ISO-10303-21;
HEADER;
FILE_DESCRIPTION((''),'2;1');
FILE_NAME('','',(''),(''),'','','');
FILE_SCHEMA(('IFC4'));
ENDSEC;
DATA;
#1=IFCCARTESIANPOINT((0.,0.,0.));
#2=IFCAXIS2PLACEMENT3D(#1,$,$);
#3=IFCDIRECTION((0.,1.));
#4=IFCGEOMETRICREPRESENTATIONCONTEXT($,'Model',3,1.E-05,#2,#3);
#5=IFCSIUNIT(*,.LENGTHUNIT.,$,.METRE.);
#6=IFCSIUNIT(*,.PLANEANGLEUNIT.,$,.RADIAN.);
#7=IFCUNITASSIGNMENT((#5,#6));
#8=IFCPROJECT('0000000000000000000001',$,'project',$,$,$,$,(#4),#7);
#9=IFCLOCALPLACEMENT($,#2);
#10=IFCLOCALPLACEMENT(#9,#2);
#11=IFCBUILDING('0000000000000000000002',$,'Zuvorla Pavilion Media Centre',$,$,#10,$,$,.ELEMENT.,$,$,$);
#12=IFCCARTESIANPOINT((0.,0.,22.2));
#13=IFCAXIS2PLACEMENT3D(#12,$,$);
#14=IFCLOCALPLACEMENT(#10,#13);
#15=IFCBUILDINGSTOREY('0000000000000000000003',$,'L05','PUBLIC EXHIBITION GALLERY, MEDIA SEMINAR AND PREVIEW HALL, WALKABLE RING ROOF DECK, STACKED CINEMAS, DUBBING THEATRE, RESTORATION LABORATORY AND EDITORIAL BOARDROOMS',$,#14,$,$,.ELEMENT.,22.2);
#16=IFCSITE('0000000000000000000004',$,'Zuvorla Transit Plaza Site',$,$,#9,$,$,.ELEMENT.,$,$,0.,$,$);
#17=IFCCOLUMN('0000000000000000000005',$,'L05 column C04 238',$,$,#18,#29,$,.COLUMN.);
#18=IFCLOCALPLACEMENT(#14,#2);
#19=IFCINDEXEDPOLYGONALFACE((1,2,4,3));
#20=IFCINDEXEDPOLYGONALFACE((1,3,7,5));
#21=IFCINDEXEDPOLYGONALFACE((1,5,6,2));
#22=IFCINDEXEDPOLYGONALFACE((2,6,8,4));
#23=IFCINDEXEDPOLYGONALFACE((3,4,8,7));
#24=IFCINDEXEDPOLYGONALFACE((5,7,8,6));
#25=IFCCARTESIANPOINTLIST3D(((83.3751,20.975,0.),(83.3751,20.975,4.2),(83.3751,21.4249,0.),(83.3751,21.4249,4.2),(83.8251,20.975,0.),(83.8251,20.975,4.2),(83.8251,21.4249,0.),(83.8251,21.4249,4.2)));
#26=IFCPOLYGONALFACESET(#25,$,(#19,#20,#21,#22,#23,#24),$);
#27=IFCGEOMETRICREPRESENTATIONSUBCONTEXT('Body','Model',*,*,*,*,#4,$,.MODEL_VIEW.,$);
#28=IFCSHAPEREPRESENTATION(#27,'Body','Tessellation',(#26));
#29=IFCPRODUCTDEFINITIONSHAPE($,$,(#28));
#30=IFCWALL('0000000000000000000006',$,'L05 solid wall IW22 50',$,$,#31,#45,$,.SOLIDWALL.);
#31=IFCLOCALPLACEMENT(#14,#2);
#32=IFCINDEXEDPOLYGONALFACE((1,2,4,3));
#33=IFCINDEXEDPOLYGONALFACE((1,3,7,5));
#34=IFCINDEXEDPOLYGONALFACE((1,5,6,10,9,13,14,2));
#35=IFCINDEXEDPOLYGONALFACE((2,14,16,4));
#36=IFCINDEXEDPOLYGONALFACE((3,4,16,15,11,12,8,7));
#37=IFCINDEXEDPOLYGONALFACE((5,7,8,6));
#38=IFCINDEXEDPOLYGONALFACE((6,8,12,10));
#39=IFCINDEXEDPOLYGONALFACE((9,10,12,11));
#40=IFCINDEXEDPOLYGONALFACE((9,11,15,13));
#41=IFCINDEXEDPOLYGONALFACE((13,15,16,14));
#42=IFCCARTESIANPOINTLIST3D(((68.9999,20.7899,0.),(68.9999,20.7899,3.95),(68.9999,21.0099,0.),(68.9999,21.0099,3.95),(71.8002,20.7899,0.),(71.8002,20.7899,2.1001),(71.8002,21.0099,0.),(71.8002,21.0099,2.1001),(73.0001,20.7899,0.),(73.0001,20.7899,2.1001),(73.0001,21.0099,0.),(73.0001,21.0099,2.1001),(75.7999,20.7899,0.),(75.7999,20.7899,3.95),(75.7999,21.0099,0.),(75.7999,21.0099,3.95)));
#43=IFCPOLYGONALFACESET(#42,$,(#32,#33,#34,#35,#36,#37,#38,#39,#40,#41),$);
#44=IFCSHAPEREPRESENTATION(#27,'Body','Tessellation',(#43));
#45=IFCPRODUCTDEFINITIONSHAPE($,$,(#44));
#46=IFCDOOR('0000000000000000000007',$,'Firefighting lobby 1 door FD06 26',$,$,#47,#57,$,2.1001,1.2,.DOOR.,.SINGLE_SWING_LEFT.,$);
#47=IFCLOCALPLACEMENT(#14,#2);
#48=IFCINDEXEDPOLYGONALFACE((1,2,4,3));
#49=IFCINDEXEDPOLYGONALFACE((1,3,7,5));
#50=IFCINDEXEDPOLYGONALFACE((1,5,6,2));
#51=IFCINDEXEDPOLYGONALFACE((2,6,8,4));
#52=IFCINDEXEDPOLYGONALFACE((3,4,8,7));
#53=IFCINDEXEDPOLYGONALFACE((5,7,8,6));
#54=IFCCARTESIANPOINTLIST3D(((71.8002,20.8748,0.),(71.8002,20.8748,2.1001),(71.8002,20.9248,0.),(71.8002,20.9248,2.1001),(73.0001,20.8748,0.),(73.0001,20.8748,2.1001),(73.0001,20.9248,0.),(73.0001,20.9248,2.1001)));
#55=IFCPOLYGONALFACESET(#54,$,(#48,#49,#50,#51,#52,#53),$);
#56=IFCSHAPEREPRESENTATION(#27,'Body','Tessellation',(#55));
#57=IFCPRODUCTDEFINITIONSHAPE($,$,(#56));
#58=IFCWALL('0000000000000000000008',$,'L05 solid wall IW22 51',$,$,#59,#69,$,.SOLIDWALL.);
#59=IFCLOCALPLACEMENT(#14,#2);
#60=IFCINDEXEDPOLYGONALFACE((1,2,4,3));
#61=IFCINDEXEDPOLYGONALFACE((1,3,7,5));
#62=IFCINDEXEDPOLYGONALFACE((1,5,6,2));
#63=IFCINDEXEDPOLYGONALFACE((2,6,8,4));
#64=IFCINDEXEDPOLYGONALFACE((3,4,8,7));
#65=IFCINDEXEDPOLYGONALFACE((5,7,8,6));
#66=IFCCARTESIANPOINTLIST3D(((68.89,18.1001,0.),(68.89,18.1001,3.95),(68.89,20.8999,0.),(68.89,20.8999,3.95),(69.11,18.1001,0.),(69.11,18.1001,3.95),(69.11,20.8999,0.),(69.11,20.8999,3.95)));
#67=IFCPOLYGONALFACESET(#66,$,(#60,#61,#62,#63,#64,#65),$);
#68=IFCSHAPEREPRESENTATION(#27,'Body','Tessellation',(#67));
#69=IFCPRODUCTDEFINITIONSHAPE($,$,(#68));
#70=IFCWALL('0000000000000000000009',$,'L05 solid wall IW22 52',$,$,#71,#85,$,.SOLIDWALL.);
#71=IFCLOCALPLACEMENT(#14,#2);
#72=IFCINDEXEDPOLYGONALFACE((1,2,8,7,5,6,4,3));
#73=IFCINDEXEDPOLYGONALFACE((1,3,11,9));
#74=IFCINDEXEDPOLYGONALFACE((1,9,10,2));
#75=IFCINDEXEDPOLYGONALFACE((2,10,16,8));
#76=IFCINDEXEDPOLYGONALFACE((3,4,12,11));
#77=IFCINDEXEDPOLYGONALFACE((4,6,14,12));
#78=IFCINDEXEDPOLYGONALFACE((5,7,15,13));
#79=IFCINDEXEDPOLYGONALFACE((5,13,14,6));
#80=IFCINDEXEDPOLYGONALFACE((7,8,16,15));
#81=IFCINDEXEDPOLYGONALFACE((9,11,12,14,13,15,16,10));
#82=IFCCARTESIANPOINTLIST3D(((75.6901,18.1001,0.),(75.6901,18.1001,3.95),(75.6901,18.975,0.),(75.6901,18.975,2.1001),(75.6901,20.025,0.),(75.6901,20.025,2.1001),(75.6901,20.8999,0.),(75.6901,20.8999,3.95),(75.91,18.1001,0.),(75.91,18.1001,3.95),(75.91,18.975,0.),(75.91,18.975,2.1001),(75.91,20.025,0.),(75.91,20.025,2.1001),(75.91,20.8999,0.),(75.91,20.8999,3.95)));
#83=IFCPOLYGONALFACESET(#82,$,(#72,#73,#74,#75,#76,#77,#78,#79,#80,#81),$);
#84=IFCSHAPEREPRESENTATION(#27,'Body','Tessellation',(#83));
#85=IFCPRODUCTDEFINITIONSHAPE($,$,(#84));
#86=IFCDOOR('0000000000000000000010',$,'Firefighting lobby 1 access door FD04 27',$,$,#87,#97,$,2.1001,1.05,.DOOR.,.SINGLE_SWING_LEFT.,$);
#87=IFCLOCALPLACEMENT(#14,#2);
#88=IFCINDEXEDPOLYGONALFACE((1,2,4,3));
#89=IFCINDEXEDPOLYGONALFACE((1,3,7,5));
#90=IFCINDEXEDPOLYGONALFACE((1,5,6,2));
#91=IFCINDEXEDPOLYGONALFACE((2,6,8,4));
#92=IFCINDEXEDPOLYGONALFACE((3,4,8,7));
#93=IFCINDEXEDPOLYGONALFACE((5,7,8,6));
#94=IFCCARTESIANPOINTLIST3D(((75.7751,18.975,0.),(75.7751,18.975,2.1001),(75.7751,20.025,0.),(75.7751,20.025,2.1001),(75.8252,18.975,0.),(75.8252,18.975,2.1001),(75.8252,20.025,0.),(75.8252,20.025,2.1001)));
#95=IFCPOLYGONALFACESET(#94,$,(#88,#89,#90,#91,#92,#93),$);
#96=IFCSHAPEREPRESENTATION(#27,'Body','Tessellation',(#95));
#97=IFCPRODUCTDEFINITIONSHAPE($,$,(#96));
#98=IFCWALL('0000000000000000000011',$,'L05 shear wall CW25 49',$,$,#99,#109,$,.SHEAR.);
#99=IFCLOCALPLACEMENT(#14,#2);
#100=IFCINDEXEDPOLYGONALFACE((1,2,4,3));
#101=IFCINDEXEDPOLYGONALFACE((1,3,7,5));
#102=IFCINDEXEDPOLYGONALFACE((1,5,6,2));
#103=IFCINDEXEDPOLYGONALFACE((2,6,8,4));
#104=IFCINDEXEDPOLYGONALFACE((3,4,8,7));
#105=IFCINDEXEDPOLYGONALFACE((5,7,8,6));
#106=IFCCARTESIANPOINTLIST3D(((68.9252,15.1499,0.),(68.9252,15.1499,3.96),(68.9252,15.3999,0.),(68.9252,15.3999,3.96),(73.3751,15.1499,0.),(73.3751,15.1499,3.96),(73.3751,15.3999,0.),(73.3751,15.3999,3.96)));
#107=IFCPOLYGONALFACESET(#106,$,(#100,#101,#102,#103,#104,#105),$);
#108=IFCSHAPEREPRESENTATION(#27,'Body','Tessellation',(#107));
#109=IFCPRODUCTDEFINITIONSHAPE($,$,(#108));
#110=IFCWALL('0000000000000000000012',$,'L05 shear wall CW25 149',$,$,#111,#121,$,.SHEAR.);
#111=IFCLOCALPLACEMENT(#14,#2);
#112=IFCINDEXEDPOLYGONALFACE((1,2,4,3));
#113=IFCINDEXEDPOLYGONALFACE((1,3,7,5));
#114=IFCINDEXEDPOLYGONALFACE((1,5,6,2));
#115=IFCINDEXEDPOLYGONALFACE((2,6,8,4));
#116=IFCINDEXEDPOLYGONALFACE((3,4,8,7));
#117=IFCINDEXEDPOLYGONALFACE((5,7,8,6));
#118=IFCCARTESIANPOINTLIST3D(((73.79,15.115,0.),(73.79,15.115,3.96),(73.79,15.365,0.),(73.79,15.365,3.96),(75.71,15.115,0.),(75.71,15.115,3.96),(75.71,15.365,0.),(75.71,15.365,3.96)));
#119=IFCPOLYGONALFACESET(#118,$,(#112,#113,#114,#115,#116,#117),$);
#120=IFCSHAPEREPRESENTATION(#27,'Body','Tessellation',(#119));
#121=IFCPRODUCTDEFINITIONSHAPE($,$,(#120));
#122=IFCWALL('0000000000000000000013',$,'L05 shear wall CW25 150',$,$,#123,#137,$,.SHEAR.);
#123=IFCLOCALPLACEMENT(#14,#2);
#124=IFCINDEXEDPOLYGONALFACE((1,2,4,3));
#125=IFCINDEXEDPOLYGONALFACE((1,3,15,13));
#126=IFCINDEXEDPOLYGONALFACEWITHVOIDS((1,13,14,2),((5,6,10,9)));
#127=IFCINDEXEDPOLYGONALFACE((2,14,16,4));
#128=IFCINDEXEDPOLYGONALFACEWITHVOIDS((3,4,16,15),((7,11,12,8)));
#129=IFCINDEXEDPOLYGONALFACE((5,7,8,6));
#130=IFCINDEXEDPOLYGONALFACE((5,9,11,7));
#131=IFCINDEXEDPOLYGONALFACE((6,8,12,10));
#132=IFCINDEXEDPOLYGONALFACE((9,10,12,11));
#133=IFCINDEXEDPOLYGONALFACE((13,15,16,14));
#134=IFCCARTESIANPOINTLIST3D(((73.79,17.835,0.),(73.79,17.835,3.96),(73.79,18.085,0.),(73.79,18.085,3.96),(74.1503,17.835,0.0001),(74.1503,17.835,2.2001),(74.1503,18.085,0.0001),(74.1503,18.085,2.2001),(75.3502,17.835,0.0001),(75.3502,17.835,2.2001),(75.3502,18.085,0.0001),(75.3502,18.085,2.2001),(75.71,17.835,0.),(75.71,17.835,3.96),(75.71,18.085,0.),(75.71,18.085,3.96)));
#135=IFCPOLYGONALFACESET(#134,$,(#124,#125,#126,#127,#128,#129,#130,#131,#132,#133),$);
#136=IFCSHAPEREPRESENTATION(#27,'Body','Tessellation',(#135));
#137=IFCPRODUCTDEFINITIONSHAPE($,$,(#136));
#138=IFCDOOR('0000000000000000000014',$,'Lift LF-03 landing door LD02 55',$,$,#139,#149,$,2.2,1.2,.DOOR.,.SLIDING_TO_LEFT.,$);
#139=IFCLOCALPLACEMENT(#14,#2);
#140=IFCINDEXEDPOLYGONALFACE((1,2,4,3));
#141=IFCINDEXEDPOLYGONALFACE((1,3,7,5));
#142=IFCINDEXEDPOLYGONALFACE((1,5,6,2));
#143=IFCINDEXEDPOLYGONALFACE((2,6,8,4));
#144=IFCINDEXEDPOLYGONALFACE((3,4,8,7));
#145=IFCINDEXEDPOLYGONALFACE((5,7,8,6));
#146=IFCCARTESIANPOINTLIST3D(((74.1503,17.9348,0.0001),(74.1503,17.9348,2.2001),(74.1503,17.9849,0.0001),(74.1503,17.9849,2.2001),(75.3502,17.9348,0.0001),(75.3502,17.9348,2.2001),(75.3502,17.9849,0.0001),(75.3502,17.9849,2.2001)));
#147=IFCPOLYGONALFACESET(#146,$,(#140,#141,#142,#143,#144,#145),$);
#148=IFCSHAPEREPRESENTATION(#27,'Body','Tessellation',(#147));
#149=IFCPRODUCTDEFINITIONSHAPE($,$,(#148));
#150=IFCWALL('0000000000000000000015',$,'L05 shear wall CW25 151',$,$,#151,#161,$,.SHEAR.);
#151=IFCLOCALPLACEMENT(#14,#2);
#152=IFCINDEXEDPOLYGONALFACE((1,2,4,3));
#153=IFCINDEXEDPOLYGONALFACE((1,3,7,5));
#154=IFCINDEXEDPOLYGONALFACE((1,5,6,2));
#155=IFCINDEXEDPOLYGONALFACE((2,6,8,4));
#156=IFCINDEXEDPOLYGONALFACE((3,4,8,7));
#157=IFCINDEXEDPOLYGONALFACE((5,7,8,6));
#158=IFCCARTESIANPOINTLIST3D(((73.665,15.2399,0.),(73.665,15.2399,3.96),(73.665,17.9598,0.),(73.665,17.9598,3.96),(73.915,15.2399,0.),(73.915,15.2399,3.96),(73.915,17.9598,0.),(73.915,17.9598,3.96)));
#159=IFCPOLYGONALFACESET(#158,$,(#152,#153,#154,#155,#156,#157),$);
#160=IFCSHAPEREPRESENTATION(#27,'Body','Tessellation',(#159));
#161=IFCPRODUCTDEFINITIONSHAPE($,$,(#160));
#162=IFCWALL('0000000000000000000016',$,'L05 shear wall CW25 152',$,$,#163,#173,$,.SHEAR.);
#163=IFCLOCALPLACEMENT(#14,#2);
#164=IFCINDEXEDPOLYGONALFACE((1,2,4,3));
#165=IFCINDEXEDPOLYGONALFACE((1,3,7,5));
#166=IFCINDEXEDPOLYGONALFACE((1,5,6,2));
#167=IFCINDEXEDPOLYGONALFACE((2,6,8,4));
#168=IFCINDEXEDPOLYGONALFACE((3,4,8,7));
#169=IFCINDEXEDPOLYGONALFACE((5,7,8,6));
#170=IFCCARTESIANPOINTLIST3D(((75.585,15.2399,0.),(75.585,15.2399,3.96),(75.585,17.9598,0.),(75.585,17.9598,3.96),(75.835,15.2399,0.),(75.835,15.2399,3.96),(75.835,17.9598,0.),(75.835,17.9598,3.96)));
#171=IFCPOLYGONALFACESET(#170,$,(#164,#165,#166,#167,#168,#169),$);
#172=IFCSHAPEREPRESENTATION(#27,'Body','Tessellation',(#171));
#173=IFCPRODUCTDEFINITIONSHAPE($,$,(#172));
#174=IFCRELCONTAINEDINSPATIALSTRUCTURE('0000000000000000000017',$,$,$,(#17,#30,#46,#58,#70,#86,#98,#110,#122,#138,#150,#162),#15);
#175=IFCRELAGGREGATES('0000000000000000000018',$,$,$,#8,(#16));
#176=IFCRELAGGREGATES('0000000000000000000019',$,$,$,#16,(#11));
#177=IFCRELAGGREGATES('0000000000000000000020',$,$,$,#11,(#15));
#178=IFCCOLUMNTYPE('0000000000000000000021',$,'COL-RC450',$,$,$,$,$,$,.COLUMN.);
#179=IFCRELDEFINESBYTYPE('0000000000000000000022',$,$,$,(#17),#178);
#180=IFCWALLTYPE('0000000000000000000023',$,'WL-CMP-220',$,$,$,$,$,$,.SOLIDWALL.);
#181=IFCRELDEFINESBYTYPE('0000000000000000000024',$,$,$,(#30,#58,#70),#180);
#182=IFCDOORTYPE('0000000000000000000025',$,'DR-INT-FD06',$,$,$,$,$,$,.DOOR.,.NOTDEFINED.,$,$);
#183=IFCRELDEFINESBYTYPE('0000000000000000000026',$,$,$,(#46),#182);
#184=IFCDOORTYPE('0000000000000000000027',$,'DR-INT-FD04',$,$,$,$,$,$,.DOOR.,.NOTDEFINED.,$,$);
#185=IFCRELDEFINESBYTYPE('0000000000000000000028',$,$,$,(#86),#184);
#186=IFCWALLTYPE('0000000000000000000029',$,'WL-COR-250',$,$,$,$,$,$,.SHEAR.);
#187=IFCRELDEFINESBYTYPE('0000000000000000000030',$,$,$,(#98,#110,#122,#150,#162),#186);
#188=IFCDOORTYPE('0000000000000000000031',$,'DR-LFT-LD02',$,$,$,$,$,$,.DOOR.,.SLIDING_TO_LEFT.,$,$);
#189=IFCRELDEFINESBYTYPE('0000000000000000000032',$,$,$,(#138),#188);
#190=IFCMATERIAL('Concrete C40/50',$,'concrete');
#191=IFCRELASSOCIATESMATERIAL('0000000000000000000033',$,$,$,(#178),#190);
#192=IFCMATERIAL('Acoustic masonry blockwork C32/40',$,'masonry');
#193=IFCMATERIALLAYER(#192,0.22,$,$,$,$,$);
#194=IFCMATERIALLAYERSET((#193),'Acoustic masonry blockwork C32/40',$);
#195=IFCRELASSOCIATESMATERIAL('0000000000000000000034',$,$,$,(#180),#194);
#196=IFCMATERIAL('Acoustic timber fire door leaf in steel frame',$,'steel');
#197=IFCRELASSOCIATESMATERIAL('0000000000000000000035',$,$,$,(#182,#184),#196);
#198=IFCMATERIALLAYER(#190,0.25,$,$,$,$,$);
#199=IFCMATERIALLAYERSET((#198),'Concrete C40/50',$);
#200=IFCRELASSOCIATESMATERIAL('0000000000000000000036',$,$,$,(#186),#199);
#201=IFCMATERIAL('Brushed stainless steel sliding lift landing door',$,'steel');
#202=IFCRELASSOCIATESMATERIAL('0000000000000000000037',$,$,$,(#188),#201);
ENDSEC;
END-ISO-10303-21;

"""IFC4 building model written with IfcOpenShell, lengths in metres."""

from ifc_helpers import new_model, si_unit, direction, frame, frame_2d, origin, origin_2d, place, context, subcontext, project, spatial, rectangle, extrude, material, layer, layer_set, material_profile, profile_set, type_object, element, fill, save


model = new_model("IFC4")

# Units and contexts
model_context = context("Model", 3, precision=1e-05, world=origin(), true_north=direction((0.0, 1.0)))
body_context = subcontext(model_context, "Body", "Model", "MODEL_VIEW")
ifc_project = project(units=[si_unit("LENGTHUNIT", "METRE"), si_unit("PLANEANGLEUNIT", "RADIAN")], contexts=[model_context])

# Site, building, storey
site_placement = place(None, origin())
site = spatial("IfcSite", under=ifc_project, at=site_placement, Name="Zuvorla Transit Plaza Site", CompositionType="ELEMENT", RefElevation=0.0)
building_placement = place(site_placement, origin())
building = spatial("IfcBuilding", under=site, at=building_placement, Name="Zuvorla Pavilion Media Centre", CompositionType="ELEMENT")
storey_placement = place(building_placement, frame((0.0, 0.0, 22.2)))
storey = spatial("IfcBuildingStorey", under=building, at=storey_placement, Name="L05", Description="PUBLIC EXHIBITION GALLERY, MEDIA SEMINAR AND PREVIEW HALL, WALKABLE RING ROOF DECK, STACKED CINEMAS, DUBBING THEATRE, RESTORATION LABORATORY AND EDITORIAL BOARDROOMS", CompositionType="ELEMENT", Elevation=22.2)

# Column
ifc_material_1 = material(Name="Concrete C40/50", Category="concrete")
ifc_material_profile = material_profile(ifc_material_1, rectangle(XDim=0.45, YDim=0.45, at=origin_2d()), Name="RC 450x450")
ifc_profile_set = profile_set([ifc_material_profile], Name="Concrete C40/50")
column_type = type_object("IfcColumnType", Name="COL-RC450", PredefinedType="COLUMN", material=ifc_profile_set)
column_placement = place(storey_placement, frame((83.6001, 21.2, 0.0), z_axis=(0.0, 0.0, 1.0), x_axis=(1.0, 0.0, 0.0)))
element("IfcColumn", 1, at=column_placement, inside=storey, type_object=column_type, Name="L05 column C04 238", PredefinedType="COLUMN", context=body_context, shape_type="SweptSolid", body=[
    extrude(rectangle(XDim=0.45, YDim=0.45, at=origin_2d()), origin(), (0.0, 0.0, 1.0), 4.2),
])

# Wall, opening, door
ifc_material_2 = material(Name="Acoustic masonry blockwork C32/40", Category="masonry")
ifc_layer_1 = layer(ifc_material_2, 0.22)
ifc_layer_set_1 = layer_set([ifc_layer_1], Name="Acoustic masonry blockwork C32/40")
wall_type_1 = type_object("IfcWallType", Name="WL-CMP-220", PredefinedType="SOLIDWALL", material=ifc_layer_set_1)
wall_1_placement = place(storey_placement, frame((69.0, 20.8999, 0.0), z_axis=(0.0, 0.0, 1.0), x_axis=(1.0, 0.0, 0.0)))
wall_1 = element("IfcWall", 2, at=wall_1_placement, inside=storey, type_object=wall_type_1, Name="L05 solid wall IW22 50", PredefinedType="SOLIDWALL", context=body_context, shape_type="SweptSolid", body=[
    extrude(rectangle(XDim=6.8, YDim=0.22, at=frame_2d((3.3999, 0.0))), origin(), (0.0, 0.0, 1.0), 3.95),
])
opening_1_placement = place(wall_1_placement, frame((2.8, 0.0, 0.0)))
opening_1 = element("IfcOpeningElement", 3, at=opening_1_placement, cuts=wall_1, PredefinedType="OPENING", context=body_context, shape_type="SweptSolid", body=[
    extrude(rectangle(XDim=1.2, YDim=2.1001, at=frame_2d((0.6001, 1.05))), frame((0.0, 0.1199, 0.0), z_axis=(0.0, -1.0, 0.0), x_axis=(1.0, 0.0, 0.0)), (0.0, 0.0, 1.0), 0.24),
])
ifc_material_3 = material(Name="Acoustic timber fire door leaf in steel frame", Category="steel")
door_type_1 = type_object("IfcDoorType", Name="DR-INT-FD06", OperationType="NOTDEFINED", PredefinedType="DOOR", material=ifc_material_3)
door_1_placement = place(opening_1_placement, origin())
door_1 = element("IfcDoor", 4, at=door_1_placement, inside=storey, type_object=door_type_1, Name="Firefighting lobby 1 door FD06 26", OperationType="SINGLE_SWING_LEFT", OverallHeight=2.1001, OverallWidth=1.2, PredefinedType="DOOR", context=body_context, shape_type="SweptSolid", body=[
    extrude(rectangle(XDim=1.2, YDim=2.1001, at=frame_2d((0.6001, 1.05))), frame((0.0, 0.0249, 0.0), z_axis=(0.0, -1.0, 0.0), x_axis=(1.0, 0.0, 0.0)), (0.0, 0.0, 1.0), 0.05),
])
fill(opening_1, door_1)

# Wall
wall_2_placement = place(storey_placement, frame((69.0, 18.1001, 0.0), z_axis=(0.0, 0.0, 1.0), x_axis=(0.0, 1.0, 0.0)))
element("IfcWall", 5, at=wall_2_placement, inside=storey, type_object=wall_type_1, Name="L05 solid wall IW22 51", PredefinedType="SOLIDWALL", context=body_context, shape_type="SweptSolid", body=[
    extrude(rectangle(XDim=2.7998, YDim=0.22, at=frame_2d((1.3999, 0.0))), origin(), (0.0, 0.0, 1.0), 3.95),
])

# Wall, opening, door
wall_3_placement = place(storey_placement, frame((75.8, 18.1001, 0.0), z_axis=(0.0, 0.0, 1.0), x_axis=(0.0, 1.0, 0.0)))
wall_3 = element("IfcWall", 6, at=wall_3_placement, inside=storey, type_object=wall_type_1, Name="L05 solid wall IW22 52", PredefinedType="SOLIDWALL", context=body_context, shape_type="SweptSolid", body=[
    extrude(rectangle(XDim=2.7998, YDim=0.22, at=frame_2d((1.3999, 0.0))), origin(), (0.0, 0.0, 1.0), 3.95),
])
opening_2_placement = place(wall_3_placement, frame((0.875, 0.0, 0.0)))
opening_2 = element("IfcOpeningElement", 7, at=opening_2_placement, cuts=wall_3, PredefinedType="OPENING", context=body_context, shape_type="SweptSolid", body=[
    extrude(rectangle(XDim=1.05, YDim=2.1001, at=frame_2d((0.5249, 1.05))), frame((0.0, 0.1199, 0.0), z_axis=(0.0, -1.0, 0.0), x_axis=(1.0, 0.0, 0.0)), (0.0, 0.0, 1.0), 0.24),
])
door_type_2 = type_object("IfcDoorType", Name="DR-INT-FD04", OperationType="NOTDEFINED", PredefinedType="DOOR", material=ifc_material_3)
door_2_placement = place(opening_2_placement, origin())
door_2 = element("IfcDoor", 8, at=door_2_placement, inside=storey, type_object=door_type_2, Name="Firefighting lobby 1 access door FD04 27", OperationType="SINGLE_SWING_LEFT", OverallHeight=2.1001, OverallWidth=1.05, PredefinedType="DOOR", context=body_context, shape_type="SweptSolid", body=[
    extrude(rectangle(XDim=1.05, YDim=2.1001, at=frame_2d((0.5249, 1.05))), frame((0.0, 0.0249, 0.0), z_axis=(0.0, -1.0, 0.0), x_axis=(1.0, 0.0, 0.0)), (0.0, 0.0, 1.0), 0.05),
])
fill(opening_2, door_2)

# Walls
ifc_layer_2 = layer(ifc_material_1, 0.25)
ifc_layer_set_2 = layer_set([ifc_layer_2], Name="Concrete C40/50")
wall_type_2 = type_object("IfcWallType", Name="WL-COR-250", PredefinedType="SHEAR", material=ifc_layer_set_2)
wall_4_placement = place(storey_placement, frame((68.925, 15.2749, 0.0), z_axis=(0.0, 0.0, 1.0), x_axis=(1.0, 0.0, 0.0)))
element("IfcWall", 9, at=wall_4_placement, inside=storey, type_object=wall_type_2, Name="L05 shear wall CW25 49", PredefinedType="SHEAR", context=body_context, shape_type="SweptSolid", body=[
    extrude(rectangle(XDim=4.45, YDim=0.25, at=frame_2d((2.2251, 0.0))), origin(), (0.0, 0.0, 1.0), 3.96),
])
wall_5_placement = place(storey_placement, frame((73.79, 15.24, 0.0), z_axis=(0.0, 0.0, 1.0), x_axis=(1.0, 0.0, 0.0)))
element("IfcWall", 10, at=wall_5_placement, inside=storey, type_object=wall_type_2, Name="L05 shear wall CW25 149", PredefinedType="SHEAR", context=body_context, shape_type="SweptSolid", body=[
    extrude(rectangle(XDim=1.9199, YDim=0.25, at=frame_2d((0.96, 0.0))), origin(), (0.0, 0.0, 1.0), 3.96),
])

# Wall, opening, door
wall_6_placement = place(storey_placement, frame((73.79, 17.96, 0.0), z_axis=(0.0, 0.0, 1.0), x_axis=(1.0, 0.0, 0.0)))
wall_6 = element("IfcWall", 11, at=wall_6_placement, inside=storey, type_object=wall_type_2, Name="L05 shear wall CW25 150", PredefinedType="SHEAR", context=body_context, shape_type="SweptSolid", body=[
    extrude(rectangle(XDim=1.9199, YDim=0.25, at=frame_2d((0.96, 0.0))), origin(), (0.0, 0.0, 1.0), 3.96),
])
opening_3_placement = place(wall_6_placement, frame((0.3601, 0.0, 0.0)))
opening_3 = element("IfcOpeningElement", 12, at=opening_3_placement, cuts=wall_6, PredefinedType="OPENING", context=body_context, shape_type="SweptSolid", body=[
    extrude(rectangle(XDim=1.2, YDim=2.2, at=frame_2d((0.6001, 1.1001))), frame((0.0, 0.135, 0.0), z_axis=(0.0, -1.0, 0.0), x_axis=(1.0, 0.0, 0.0)), (0.0, 0.0, 1.0), 0.27),
])
ifc_material_4 = material(Name="Brushed stainless steel sliding lift landing door", Category="steel")
door_type_3 = type_object("IfcDoorType", Name="DR-LFT-LD02", OperationType="SLIDING_TO_LEFT", PredefinedType="DOOR", material=ifc_material_4)
door_3_placement = place(opening_3_placement, origin())
door_3 = element("IfcDoor", 13, at=door_3_placement, inside=storey, type_object=door_type_3, Name="Lift LF-03 landing door LD02 55", OperationType="SLIDING_TO_LEFT", OverallHeight=2.2, OverallWidth=1.2, PredefinedType="DOOR", context=body_context, shape_type="SweptSolid", body=[
    extrude(rectangle(XDim=1.2, YDim=2.2, at=frame_2d((0.6001, 1.1001))), frame((0.0, 0.0249, 0.0), z_axis=(0.0, -1.0, 0.0), x_axis=(1.0, 0.0, 0.0)), (0.0, 0.0, 1.0), 0.05),
])
fill(opening_3, door_3)

# Walls
for number, where, z_axis, x_axis, name in (
    (14, (73.79, 15.24, 0.0), (0.0, 0.0, 1.0), (0.0, 1.0, 0.0), "L05 shear wall CW25 151"),
    (15, (75.71, 15.24, 0.0), (0.0, 0.0, 1.0), (0.0, 1.0, 0.0), "L05 shear wall CW25 152"),
):
    element("IfcWall", number, at=place(storey_placement, frame(where, z_axis=z_axis, x_axis=x_axis)), inside=storey, type_object=wall_type_2, Name=name, PredefinedType="SHEAR", context=body_context, shape_type="SweptSolid", body=[
        extrude(rectangle(XDim=2.72, YDim=0.25, at=frame_2d((1.3599, 0.0))), origin(), (0.0, 0.0, 1.0), 3.96),
    ])

save(model, "model.ifc")
